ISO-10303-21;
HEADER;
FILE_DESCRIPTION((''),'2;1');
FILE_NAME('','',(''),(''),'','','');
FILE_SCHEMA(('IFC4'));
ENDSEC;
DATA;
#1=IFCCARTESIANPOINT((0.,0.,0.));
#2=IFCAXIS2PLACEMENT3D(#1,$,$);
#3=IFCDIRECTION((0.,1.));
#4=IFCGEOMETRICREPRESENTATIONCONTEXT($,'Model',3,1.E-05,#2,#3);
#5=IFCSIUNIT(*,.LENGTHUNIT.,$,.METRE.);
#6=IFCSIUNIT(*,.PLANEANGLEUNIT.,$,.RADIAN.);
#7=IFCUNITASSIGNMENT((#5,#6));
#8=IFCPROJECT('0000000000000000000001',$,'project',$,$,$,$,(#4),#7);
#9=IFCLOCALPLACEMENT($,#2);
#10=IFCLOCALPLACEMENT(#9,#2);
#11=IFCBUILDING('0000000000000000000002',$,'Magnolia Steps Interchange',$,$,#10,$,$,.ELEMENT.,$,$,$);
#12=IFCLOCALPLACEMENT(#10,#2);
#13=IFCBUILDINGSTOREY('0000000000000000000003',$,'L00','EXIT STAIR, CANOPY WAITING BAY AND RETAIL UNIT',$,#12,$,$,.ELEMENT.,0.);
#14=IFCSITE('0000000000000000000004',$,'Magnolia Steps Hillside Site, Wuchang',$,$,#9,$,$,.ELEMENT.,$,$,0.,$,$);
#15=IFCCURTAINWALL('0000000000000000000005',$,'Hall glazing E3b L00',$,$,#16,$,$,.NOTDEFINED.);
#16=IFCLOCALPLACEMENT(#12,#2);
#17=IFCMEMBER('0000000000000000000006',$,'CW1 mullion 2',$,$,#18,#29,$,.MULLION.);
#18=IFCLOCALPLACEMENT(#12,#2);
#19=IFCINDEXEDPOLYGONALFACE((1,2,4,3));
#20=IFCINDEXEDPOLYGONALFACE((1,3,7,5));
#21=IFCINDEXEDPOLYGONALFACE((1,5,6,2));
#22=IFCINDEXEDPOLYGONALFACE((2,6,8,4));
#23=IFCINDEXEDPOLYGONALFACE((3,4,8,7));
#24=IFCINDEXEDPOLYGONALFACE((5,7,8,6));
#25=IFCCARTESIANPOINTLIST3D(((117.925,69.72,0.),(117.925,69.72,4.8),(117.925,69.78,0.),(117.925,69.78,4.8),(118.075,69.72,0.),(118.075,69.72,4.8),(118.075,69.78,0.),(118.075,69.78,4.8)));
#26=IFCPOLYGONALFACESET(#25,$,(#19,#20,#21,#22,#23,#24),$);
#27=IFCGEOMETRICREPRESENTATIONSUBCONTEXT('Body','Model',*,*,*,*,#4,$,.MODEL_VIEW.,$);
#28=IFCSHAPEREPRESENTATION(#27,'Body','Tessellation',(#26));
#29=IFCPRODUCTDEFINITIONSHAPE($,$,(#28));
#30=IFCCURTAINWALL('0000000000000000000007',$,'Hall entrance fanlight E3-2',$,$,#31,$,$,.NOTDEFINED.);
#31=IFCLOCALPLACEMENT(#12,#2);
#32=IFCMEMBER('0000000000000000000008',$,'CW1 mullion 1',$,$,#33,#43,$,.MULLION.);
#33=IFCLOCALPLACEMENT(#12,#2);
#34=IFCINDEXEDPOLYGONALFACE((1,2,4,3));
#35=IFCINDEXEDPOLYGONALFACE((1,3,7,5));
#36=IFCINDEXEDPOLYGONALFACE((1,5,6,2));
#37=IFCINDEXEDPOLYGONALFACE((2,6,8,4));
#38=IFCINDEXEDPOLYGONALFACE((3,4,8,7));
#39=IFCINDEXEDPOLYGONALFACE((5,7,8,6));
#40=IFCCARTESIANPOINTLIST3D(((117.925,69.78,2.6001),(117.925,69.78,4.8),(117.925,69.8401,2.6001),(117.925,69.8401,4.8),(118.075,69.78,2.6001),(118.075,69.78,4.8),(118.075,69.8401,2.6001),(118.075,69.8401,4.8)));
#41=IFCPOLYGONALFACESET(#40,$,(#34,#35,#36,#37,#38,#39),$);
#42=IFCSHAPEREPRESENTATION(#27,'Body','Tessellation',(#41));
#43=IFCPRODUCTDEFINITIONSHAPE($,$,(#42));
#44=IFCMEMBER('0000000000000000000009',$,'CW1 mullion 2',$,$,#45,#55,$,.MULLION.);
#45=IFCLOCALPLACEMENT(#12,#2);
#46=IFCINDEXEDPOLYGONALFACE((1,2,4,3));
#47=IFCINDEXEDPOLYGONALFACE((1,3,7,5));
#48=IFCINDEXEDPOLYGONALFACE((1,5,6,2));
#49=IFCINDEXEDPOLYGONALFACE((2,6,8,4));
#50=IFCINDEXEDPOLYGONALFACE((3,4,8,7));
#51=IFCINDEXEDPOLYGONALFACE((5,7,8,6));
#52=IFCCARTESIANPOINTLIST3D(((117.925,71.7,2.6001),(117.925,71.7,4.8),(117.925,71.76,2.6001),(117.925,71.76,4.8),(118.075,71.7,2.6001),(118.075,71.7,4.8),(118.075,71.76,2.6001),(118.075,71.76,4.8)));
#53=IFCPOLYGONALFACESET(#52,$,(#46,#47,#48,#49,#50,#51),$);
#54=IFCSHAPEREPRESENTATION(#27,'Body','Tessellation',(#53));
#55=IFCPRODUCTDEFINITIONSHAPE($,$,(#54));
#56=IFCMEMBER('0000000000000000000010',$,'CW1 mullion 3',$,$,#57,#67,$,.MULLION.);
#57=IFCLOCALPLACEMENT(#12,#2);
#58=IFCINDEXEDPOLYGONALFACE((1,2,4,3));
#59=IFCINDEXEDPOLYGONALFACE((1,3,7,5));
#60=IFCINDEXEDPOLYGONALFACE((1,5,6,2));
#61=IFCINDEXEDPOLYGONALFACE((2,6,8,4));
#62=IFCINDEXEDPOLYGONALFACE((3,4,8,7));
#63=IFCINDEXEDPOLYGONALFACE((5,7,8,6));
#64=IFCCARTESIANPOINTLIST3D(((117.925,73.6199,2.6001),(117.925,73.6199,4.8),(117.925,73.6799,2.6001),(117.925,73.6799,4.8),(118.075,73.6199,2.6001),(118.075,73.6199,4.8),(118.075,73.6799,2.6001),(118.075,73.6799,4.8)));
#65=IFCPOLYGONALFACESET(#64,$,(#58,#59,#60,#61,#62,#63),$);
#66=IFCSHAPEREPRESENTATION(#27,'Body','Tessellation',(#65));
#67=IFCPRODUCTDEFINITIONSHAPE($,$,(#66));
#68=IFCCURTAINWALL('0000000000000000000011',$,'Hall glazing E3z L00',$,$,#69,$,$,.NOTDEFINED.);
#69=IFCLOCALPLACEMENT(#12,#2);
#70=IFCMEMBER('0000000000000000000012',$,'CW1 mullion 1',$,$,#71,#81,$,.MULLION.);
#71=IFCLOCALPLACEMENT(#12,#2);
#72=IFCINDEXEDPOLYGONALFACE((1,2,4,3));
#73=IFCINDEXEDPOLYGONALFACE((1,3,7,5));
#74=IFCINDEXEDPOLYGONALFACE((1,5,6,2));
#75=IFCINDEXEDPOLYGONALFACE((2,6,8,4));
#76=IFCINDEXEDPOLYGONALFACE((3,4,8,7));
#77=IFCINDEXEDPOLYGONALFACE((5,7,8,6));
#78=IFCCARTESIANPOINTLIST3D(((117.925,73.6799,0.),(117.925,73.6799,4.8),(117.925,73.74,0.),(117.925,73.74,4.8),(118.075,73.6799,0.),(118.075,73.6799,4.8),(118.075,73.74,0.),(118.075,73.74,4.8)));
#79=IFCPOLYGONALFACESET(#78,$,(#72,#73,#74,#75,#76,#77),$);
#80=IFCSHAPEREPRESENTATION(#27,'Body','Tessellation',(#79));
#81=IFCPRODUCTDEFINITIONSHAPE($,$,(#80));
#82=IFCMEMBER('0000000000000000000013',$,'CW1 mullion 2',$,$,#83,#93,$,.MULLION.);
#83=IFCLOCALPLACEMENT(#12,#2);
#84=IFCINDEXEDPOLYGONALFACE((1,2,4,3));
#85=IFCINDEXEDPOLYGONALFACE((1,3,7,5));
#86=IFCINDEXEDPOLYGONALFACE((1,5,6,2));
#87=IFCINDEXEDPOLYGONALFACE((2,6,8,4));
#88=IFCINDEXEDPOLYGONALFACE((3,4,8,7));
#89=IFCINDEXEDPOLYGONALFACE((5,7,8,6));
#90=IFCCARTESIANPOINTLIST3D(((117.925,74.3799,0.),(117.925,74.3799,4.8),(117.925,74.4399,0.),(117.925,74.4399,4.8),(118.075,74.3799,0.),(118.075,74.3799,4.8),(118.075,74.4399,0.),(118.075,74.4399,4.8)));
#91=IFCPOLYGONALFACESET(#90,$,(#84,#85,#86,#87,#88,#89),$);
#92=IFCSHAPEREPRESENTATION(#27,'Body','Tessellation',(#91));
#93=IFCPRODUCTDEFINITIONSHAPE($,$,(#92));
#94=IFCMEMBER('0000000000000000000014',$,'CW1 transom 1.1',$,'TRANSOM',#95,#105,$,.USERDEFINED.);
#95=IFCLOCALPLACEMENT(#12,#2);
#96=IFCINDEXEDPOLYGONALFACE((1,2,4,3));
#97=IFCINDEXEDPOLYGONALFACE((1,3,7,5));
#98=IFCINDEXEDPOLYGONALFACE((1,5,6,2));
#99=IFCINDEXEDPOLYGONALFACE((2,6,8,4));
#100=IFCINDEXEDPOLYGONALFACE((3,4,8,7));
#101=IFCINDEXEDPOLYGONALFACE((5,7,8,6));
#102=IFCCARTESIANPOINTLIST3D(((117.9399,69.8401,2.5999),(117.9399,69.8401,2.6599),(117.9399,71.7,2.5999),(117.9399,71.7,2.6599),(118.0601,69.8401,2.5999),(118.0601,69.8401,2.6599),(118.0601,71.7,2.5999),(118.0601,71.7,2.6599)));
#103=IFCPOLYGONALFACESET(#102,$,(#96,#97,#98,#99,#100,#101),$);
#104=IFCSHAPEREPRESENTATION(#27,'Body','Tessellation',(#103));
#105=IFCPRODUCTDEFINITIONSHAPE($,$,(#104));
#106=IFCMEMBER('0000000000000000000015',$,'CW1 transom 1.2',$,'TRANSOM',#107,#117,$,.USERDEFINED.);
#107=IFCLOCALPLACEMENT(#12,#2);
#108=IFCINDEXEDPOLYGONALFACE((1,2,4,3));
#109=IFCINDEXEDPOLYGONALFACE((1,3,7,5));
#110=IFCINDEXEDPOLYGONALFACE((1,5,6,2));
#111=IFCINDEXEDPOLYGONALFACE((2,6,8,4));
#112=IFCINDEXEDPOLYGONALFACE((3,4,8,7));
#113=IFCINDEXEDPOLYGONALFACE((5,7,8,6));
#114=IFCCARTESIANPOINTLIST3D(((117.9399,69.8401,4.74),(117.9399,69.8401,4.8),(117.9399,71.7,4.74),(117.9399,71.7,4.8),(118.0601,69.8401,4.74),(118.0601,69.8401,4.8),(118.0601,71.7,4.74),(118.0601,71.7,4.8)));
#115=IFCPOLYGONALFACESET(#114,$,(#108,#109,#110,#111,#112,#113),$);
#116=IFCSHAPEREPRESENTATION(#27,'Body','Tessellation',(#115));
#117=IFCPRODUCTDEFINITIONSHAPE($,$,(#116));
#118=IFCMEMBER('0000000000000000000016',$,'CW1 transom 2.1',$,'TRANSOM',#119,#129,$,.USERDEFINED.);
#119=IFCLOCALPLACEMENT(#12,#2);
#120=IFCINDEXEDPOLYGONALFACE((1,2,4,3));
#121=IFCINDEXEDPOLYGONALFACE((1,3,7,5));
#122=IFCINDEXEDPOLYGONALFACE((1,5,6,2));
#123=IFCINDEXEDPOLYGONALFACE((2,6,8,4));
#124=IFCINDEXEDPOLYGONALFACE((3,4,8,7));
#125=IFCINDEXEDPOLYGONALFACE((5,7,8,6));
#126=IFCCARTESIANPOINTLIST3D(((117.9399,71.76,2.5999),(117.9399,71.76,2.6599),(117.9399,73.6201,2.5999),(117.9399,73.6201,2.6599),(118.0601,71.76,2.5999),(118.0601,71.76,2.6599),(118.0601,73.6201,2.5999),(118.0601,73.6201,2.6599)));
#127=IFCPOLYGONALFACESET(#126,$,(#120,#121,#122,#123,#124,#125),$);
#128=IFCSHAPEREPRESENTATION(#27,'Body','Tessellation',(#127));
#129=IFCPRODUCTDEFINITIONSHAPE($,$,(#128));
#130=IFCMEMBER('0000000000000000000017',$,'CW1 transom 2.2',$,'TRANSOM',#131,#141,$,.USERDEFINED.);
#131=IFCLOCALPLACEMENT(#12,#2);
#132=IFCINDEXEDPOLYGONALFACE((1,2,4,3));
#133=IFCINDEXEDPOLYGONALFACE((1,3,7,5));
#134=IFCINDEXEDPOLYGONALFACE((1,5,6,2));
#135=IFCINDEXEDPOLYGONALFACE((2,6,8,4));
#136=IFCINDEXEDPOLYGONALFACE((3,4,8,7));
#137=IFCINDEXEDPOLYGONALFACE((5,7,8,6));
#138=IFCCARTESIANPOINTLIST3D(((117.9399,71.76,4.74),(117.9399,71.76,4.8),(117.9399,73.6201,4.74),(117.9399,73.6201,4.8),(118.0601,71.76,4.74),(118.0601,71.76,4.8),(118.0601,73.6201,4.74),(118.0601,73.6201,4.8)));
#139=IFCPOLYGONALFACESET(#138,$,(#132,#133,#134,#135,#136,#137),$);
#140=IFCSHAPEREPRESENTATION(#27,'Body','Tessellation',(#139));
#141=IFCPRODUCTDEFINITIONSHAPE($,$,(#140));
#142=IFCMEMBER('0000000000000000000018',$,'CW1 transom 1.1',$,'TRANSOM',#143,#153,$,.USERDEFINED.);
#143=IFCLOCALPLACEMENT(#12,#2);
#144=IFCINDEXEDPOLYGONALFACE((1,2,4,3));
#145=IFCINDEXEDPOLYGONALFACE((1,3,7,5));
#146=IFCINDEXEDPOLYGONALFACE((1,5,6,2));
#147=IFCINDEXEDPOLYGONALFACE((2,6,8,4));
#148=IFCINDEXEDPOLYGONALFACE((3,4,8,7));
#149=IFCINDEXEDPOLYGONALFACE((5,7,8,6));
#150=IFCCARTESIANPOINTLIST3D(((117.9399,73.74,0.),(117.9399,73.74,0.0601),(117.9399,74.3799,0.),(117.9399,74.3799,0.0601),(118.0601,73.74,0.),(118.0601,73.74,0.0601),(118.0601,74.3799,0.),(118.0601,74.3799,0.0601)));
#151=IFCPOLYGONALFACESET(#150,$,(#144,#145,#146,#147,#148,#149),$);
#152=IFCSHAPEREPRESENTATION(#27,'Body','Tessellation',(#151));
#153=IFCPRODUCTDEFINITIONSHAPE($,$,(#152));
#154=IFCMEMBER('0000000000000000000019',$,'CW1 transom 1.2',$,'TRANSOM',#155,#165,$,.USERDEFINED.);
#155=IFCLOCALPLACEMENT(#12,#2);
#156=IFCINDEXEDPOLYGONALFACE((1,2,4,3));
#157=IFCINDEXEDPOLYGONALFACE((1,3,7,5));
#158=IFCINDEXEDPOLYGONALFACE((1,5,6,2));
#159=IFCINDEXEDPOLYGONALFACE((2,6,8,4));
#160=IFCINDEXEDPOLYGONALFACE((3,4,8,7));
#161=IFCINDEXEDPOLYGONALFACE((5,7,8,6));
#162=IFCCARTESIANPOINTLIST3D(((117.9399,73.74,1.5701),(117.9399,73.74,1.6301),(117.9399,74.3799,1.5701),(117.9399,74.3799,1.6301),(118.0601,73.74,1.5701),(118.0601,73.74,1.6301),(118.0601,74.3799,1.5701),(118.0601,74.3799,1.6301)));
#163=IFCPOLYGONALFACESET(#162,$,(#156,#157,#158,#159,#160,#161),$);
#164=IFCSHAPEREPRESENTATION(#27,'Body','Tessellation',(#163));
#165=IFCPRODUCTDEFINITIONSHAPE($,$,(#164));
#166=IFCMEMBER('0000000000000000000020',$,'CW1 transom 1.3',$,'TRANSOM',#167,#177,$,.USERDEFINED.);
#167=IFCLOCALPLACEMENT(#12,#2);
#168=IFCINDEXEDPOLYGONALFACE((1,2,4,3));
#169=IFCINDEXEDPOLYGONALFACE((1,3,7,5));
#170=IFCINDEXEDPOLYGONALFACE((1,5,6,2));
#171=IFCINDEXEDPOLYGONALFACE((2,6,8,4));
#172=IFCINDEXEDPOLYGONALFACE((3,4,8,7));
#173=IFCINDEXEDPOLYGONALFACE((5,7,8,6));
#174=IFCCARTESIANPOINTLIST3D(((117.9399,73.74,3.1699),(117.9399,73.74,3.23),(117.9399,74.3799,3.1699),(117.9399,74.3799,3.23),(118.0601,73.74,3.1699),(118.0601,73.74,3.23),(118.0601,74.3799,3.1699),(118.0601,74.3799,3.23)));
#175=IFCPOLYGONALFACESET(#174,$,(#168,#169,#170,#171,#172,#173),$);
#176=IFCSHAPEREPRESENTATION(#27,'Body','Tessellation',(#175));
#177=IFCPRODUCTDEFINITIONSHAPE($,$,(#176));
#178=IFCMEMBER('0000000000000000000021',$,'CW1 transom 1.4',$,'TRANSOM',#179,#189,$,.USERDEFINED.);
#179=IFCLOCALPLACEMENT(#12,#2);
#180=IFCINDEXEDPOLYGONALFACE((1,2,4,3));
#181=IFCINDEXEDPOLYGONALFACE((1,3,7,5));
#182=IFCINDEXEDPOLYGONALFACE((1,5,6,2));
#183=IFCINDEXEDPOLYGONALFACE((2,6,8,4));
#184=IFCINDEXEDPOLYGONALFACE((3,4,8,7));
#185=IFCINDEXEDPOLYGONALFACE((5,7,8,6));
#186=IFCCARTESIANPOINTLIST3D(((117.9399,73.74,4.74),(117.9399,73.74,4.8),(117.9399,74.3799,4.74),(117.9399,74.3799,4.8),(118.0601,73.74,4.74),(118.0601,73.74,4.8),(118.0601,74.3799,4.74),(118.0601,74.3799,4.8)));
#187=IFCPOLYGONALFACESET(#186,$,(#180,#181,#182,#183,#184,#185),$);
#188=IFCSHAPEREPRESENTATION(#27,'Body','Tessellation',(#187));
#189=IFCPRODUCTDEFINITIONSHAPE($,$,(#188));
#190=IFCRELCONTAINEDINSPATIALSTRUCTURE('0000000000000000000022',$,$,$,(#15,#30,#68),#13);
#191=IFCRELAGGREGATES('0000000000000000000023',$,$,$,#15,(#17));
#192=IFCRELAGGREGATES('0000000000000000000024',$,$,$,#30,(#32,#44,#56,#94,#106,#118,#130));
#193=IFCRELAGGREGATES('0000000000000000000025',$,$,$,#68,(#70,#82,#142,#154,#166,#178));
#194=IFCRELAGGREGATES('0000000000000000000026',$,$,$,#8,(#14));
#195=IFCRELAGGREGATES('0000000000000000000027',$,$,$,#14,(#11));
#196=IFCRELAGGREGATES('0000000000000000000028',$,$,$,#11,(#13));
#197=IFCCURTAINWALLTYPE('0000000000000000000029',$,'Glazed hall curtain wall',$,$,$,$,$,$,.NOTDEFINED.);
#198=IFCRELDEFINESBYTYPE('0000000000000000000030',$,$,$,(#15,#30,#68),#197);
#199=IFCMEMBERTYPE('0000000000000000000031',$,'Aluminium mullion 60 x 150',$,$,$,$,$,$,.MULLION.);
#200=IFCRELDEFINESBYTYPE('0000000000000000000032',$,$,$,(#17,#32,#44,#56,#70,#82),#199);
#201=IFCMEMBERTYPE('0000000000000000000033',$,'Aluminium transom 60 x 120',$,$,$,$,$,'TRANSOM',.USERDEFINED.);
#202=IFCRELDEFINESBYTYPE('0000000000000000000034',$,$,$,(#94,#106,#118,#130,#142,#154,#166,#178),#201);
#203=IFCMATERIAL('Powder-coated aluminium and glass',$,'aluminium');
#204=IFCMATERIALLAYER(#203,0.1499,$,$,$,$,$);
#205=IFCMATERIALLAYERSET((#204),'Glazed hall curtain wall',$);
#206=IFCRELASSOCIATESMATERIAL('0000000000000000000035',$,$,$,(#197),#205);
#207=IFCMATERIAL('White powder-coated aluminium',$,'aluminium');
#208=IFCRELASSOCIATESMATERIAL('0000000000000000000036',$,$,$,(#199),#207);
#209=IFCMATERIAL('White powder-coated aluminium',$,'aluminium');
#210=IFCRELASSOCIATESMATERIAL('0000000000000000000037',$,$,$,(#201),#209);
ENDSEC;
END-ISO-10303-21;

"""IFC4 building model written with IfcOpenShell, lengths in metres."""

from ifc_helpers import new_model, si_unit, direction, frame, origin, origin_2d, place, context, subcontext, project, spatial, rectangle, extrude, material, layer, layer_set, material_profile, profile_set, type_object, element, aggregate, save


model = new_model("IFC4")

# Units and contexts
model_context = context("Model", 3, precision=1e-05, world=origin(), true_north=direction((0.0, 1.0)))
body_context = subcontext(model_context, "Body", "Model", "MODEL_VIEW")
ifc_project = project(units=[si_unit("LENGTHUNIT", "METRE"), si_unit("PLANEANGLEUNIT", "RADIAN")], contexts=[model_context])

# Site, building, storey
site_placement = place(None, origin())
site = spatial("IfcSite", under=ifc_project, at=site_placement, Name="Magnolia Steps Hillside Site, Wuchang", CompositionType="ELEMENT", RefElevation=0.0)
building_placement = place(site_placement, origin())
building = spatial("IfcBuilding", under=site, at=building_placement, Name="Magnolia Steps Interchange", CompositionType="ELEMENT")
storey_placement = place(building_placement, origin())
storey = spatial("IfcBuildingStorey", under=building, at=storey_placement, Name="L00", Description="EXIT STAIR, CANOPY WAITING BAY AND RETAIL UNIT", CompositionType="ELEMENT", Elevation=0.0)

# Curtain wall, member
ifc_material_1 = material(Name="Powder-coated aluminium and glass", Category="aluminium")
ifc_layer_1 = layer(ifc_material_1, 0.1499)
ifc_layer_set_1 = layer_set([ifc_layer_1], Name="Glazed hall curtain wall")
curtain_wall_type = type_object("IfcCurtainWallType", Name="Glazed hall curtain wall", PredefinedType="NOTDEFINED", material=ifc_layer_set_1)
curtain_wall_1_placement = place(storey_placement, origin())
curtain_wall_1 = element("IfcCurtainWall", 1, at=curtain_wall_1_placement, inside=storey, type_object=curtain_wall_type, Name="Hall glazing E3b L00", PredefinedType="NOTDEFINED")
ifc_material_2 = material(Name="White powder-coated aluminium", Category="aluminium")
ifc_material_profile_1 = material_profile(ifc_material_2, rectangle(XDim=0.0601, YDim=0.1499, at=origin_2d()), Name="Aluminium mullion 60 x 150")
ifc_profile_set_1 = profile_set([ifc_material_profile_1], Name="White powder-coated aluminium")
member_type_1 = type_object("IfcMemberType", Name="Aluminium mullion 60 x 150", PredefinedType="MULLION", material=ifc_profile_set_1)
member_1_placement = place(storey_placement, frame((118.0, 69.75, 0.0), z_axis=(0.0, 0.0, 1.0), x_axis=(0.0, 1.0, 0.0)))
member_1 = element("IfcMember", 2, at=member_1_placement, type_object=member_type_1, Name="CW1 mullion 2", PredefinedType="MULLION", context=body_context, shape_type="SweptSolid", body=[
    extrude(rectangle(XDim=0.0601, YDim=0.1499, at=origin_2d()), origin(), (0.0, 0.0, 1.0), 4.8),
])

# Curtain walls, members
curtain_wall_2_placement = place(storey_placement, origin())
curtain_wall_2 = element("IfcCurtainWall", 3, at=curtain_wall_2_placement, inside=storey, type_object=curtain_wall_type, Name="Hall entrance fanlight E3-2", PredefinedType="NOTDEFINED")
member_2_placement = place(storey_placement, frame((118.0, 69.8101, 2.6001), z_axis=(0.0, 0.0, 1.0), x_axis=(0.0, 1.0, 0.0)))
member_2 = element("IfcMember", 4, at=member_2_placement, type_object=member_type_1, Name="CW1 mullion 1", PredefinedType="MULLION", context=body_context, shape_type="SweptSolid", body=[
    extrude(rectangle(XDim=0.0601, YDim=0.1499, at=origin_2d()), origin(), (0.0, 0.0, 1.0), 2.2),
])
member_3_placement = place(storey_placement, frame((118.0, 71.73, 2.6001), z_axis=(0.0, 0.0, 1.0), x_axis=(0.0, 1.0, 0.0)))
member_3 = element("IfcMember", 5, at=member_3_placement, type_object=member_type_1, Name="CW1 mullion 2", PredefinedType="MULLION", context=body_context, shape_type="SweptSolid", body=[
    extrude(rectangle(XDim=0.0601, YDim=0.1499, at=origin_2d()), origin(), (0.0, 0.0, 1.0), 2.2),
])
member_4_placement = place(storey_placement, frame((118.0, 73.6499, 2.6001), z_axis=(0.0, 0.0, 1.0), x_axis=(0.0, 1.0, 0.0)))
member_4 = element("IfcMember", 6, at=member_4_placement, type_object=member_type_1, Name="CW1 mullion 3", PredefinedType="MULLION", context=body_context, shape_type="SweptSolid", body=[
    extrude(rectangle(XDim=0.0601, YDim=0.1499, at=origin_2d()), origin(), (0.0, 0.0, 1.0), 2.2),
])
curtain_wall_3_placement = place(storey_placement, origin())
curtain_wall_3 = element("IfcCurtainWall", 7, at=curtain_wall_3_placement, inside=storey, type_object=curtain_wall_type, Name="Hall glazing E3z L00", PredefinedType="NOTDEFINED")
member_5_placement = place(storey_placement, frame((118.0, 73.71, 0.0), z_axis=(0.0, 0.0, 1.0), x_axis=(0.0, 1.0, 0.0)))
member_5 = element("IfcMember", 8, at=member_5_placement, type_object=member_type_1, Name="CW1 mullion 1", PredefinedType="MULLION", context=body_context, shape_type="SweptSolid", body=[
    extrude(rectangle(XDim=0.0601, YDim=0.1499, at=origin_2d()), origin(), (0.0, 0.0, 1.0), 4.8),
])
member_6_placement = place(storey_placement, frame((118.0, 74.4099, 0.0), z_axis=(0.0, 0.0, 1.0), x_axis=(0.0, 1.0, 0.0)))
member_6 = element("IfcMember", 9, at=member_6_placement, type_object=member_type_1, Name="CW1 mullion 2", PredefinedType="MULLION", context=body_context, shape_type="SweptSolid", body=[
    extrude(rectangle(XDim=0.0601, YDim=0.1499, at=origin_2d()), origin(), (0.0, 0.0, 1.0), 4.8),
])

# Members
ifc_material_3 = material(Name="White powder-coated aluminium", Category="aluminium")
ifc_material_profile_2 = material_profile(ifc_material_3, rectangle(XDim=0.0601, YDim=0.1201, at=origin_2d()), Name="Aluminium transom 60 x 120")
ifc_profile_set_2 = profile_set([ifc_material_profile_2], Name="White powder-coated aluminium")
member_type_2 = type_object("IfcMemberType", Name="Aluminium transom 60 x 120", ElementType="TRANSOM", PredefinedType="USERDEFINED", material=ifc_profile_set_2)
member_7_placement = place(storey_placement, frame((118.0, 69.8401, 2.6299), z_axis=(0.0, 1.0, 0.0), x_axis=(0.0, 0.0, 1.0)))
member_7 = element("IfcMember", 10, at=member_7_placement, type_object=member_type_2, Name="CW1 transom 1.1", ObjectType="TRANSOM", PredefinedType="USERDEFINED", context=body_context, shape_type="SweptSolid", body=[
    extrude(rectangle(XDim=0.0601, YDim=0.1201, at=origin_2d()), origin(), (0.0, 0.0, 1.0), 1.8599),
])
member_8_placement = place(storey_placement, frame((118.0, 69.8401, 4.77), z_axis=(0.0, 1.0, 0.0), x_axis=(0.0, 0.0, 1.0)))
member_8 = element("IfcMember", 11, at=member_8_placement, type_object=member_type_2, Name="CW1 transom 1.2", ObjectType="TRANSOM", PredefinedType="USERDEFINED", context=body_context, shape_type="SweptSolid", body=[
    extrude(rectangle(XDim=0.0601, YDim=0.1201, at=origin_2d()), origin(), (0.0, 0.0, 1.0), 1.8599),
])
member_9_placement = place(storey_placement, frame((118.0, 71.76, 2.6299), z_axis=(0.0, 1.0, 0.0), x_axis=(0.0, 0.0, 1.0)))
member_9 = element("IfcMember", 12, at=member_9_placement, type_object=member_type_2, Name="CW1 transom 2.1", ObjectType="TRANSOM", PredefinedType="USERDEFINED", context=body_context, shape_type="SweptSolid", body=[
    extrude(rectangle(XDim=0.0601, YDim=0.1201, at=origin_2d()), origin(), (0.0, 0.0, 1.0), 1.8601),
])
member_10_placement = place(storey_placement, frame((118.0, 71.76, 4.77), z_axis=(0.0, 1.0, 0.0), x_axis=(0.0, 0.0, 1.0)))
member_10 = element("IfcMember", 13, at=member_10_placement, type_object=member_type_2, Name="CW1 transom 2.2", ObjectType="TRANSOM", PredefinedType="USERDEFINED", context=body_context, shape_type="SweptSolid", body=[
    extrude(rectangle(XDim=0.0601, YDim=0.1201, at=origin_2d()), origin(), (0.0, 0.0, 1.0), 1.8601),
])
member_11_placement = place(storey_placement, frame((118.0, 73.74, 0.03), z_axis=(0.0, 1.0, 0.0), x_axis=(0.0, 0.0, 1.0)))
member_11 = element("IfcMember", 14, at=member_11_placement, type_object=member_type_2, Name="CW1 transom 1.1", ObjectType="TRANSOM", PredefinedType="USERDEFINED", context=body_context, shape_type="SweptSolid", body=[
    extrude(rectangle(XDim=0.0601, YDim=0.1201, at=origin_2d()), origin(), (0.0, 0.0, 1.0), 0.6399),
])
member_12_placement = place(storey_placement, frame((118.0, 73.74, 1.6001), z_axis=(0.0, 1.0, 0.0), x_axis=(0.0, 0.0, 1.0)))
member_12 = element("IfcMember", 15, at=member_12_placement, type_object=member_type_2, Name="CW1 transom 1.2", ObjectType="TRANSOM", PredefinedType="USERDEFINED", context=body_context, shape_type="SweptSolid", body=[
    extrude(rectangle(XDim=0.0601, YDim=0.1201, at=origin_2d()), origin(), (0.0, 0.0, 1.0), 0.6399),
])
member_13_placement = place(storey_placement, frame((118.0, 73.74, 3.2), z_axis=(0.0, 1.0, 0.0), x_axis=(0.0, 0.0, 1.0)))
member_13 = element("IfcMember", 16, at=member_13_placement, type_object=member_type_2, Name="CW1 transom 1.3", ObjectType="TRANSOM", PredefinedType="USERDEFINED", context=body_context, shape_type="SweptSolid", body=[
    extrude(rectangle(XDim=0.0601, YDim=0.1201, at=origin_2d()), origin(), (0.0, 0.0, 1.0), 0.6399),
])
member_14_placement = place(storey_placement, frame((118.0, 73.74, 4.77), z_axis=(0.0, 1.0, 0.0), x_axis=(0.0, 0.0, 1.0)))
member_14 = element("IfcMember", 17, at=member_14_placement, type_object=member_type_2, Name="CW1 transom 1.4", ObjectType="TRANSOM", PredefinedType="USERDEFINED", context=body_context, shape_type="SweptSolid", body=[
    extrude(rectangle(XDim=0.0601, YDim=0.1201, at=origin_2d()), origin(), (0.0, 0.0, 1.0), 0.6399),
])

aggregate(curtain_wall_1, [member_1])
aggregate(curtain_wall_2, [member_2, member_3, member_4, member_7, member_8, member_9, member_10])
aggregate(curtain_wall_3, [member_5, member_6, member_11, member_12, member_13, member_14])

save(model, "model.ifc")
